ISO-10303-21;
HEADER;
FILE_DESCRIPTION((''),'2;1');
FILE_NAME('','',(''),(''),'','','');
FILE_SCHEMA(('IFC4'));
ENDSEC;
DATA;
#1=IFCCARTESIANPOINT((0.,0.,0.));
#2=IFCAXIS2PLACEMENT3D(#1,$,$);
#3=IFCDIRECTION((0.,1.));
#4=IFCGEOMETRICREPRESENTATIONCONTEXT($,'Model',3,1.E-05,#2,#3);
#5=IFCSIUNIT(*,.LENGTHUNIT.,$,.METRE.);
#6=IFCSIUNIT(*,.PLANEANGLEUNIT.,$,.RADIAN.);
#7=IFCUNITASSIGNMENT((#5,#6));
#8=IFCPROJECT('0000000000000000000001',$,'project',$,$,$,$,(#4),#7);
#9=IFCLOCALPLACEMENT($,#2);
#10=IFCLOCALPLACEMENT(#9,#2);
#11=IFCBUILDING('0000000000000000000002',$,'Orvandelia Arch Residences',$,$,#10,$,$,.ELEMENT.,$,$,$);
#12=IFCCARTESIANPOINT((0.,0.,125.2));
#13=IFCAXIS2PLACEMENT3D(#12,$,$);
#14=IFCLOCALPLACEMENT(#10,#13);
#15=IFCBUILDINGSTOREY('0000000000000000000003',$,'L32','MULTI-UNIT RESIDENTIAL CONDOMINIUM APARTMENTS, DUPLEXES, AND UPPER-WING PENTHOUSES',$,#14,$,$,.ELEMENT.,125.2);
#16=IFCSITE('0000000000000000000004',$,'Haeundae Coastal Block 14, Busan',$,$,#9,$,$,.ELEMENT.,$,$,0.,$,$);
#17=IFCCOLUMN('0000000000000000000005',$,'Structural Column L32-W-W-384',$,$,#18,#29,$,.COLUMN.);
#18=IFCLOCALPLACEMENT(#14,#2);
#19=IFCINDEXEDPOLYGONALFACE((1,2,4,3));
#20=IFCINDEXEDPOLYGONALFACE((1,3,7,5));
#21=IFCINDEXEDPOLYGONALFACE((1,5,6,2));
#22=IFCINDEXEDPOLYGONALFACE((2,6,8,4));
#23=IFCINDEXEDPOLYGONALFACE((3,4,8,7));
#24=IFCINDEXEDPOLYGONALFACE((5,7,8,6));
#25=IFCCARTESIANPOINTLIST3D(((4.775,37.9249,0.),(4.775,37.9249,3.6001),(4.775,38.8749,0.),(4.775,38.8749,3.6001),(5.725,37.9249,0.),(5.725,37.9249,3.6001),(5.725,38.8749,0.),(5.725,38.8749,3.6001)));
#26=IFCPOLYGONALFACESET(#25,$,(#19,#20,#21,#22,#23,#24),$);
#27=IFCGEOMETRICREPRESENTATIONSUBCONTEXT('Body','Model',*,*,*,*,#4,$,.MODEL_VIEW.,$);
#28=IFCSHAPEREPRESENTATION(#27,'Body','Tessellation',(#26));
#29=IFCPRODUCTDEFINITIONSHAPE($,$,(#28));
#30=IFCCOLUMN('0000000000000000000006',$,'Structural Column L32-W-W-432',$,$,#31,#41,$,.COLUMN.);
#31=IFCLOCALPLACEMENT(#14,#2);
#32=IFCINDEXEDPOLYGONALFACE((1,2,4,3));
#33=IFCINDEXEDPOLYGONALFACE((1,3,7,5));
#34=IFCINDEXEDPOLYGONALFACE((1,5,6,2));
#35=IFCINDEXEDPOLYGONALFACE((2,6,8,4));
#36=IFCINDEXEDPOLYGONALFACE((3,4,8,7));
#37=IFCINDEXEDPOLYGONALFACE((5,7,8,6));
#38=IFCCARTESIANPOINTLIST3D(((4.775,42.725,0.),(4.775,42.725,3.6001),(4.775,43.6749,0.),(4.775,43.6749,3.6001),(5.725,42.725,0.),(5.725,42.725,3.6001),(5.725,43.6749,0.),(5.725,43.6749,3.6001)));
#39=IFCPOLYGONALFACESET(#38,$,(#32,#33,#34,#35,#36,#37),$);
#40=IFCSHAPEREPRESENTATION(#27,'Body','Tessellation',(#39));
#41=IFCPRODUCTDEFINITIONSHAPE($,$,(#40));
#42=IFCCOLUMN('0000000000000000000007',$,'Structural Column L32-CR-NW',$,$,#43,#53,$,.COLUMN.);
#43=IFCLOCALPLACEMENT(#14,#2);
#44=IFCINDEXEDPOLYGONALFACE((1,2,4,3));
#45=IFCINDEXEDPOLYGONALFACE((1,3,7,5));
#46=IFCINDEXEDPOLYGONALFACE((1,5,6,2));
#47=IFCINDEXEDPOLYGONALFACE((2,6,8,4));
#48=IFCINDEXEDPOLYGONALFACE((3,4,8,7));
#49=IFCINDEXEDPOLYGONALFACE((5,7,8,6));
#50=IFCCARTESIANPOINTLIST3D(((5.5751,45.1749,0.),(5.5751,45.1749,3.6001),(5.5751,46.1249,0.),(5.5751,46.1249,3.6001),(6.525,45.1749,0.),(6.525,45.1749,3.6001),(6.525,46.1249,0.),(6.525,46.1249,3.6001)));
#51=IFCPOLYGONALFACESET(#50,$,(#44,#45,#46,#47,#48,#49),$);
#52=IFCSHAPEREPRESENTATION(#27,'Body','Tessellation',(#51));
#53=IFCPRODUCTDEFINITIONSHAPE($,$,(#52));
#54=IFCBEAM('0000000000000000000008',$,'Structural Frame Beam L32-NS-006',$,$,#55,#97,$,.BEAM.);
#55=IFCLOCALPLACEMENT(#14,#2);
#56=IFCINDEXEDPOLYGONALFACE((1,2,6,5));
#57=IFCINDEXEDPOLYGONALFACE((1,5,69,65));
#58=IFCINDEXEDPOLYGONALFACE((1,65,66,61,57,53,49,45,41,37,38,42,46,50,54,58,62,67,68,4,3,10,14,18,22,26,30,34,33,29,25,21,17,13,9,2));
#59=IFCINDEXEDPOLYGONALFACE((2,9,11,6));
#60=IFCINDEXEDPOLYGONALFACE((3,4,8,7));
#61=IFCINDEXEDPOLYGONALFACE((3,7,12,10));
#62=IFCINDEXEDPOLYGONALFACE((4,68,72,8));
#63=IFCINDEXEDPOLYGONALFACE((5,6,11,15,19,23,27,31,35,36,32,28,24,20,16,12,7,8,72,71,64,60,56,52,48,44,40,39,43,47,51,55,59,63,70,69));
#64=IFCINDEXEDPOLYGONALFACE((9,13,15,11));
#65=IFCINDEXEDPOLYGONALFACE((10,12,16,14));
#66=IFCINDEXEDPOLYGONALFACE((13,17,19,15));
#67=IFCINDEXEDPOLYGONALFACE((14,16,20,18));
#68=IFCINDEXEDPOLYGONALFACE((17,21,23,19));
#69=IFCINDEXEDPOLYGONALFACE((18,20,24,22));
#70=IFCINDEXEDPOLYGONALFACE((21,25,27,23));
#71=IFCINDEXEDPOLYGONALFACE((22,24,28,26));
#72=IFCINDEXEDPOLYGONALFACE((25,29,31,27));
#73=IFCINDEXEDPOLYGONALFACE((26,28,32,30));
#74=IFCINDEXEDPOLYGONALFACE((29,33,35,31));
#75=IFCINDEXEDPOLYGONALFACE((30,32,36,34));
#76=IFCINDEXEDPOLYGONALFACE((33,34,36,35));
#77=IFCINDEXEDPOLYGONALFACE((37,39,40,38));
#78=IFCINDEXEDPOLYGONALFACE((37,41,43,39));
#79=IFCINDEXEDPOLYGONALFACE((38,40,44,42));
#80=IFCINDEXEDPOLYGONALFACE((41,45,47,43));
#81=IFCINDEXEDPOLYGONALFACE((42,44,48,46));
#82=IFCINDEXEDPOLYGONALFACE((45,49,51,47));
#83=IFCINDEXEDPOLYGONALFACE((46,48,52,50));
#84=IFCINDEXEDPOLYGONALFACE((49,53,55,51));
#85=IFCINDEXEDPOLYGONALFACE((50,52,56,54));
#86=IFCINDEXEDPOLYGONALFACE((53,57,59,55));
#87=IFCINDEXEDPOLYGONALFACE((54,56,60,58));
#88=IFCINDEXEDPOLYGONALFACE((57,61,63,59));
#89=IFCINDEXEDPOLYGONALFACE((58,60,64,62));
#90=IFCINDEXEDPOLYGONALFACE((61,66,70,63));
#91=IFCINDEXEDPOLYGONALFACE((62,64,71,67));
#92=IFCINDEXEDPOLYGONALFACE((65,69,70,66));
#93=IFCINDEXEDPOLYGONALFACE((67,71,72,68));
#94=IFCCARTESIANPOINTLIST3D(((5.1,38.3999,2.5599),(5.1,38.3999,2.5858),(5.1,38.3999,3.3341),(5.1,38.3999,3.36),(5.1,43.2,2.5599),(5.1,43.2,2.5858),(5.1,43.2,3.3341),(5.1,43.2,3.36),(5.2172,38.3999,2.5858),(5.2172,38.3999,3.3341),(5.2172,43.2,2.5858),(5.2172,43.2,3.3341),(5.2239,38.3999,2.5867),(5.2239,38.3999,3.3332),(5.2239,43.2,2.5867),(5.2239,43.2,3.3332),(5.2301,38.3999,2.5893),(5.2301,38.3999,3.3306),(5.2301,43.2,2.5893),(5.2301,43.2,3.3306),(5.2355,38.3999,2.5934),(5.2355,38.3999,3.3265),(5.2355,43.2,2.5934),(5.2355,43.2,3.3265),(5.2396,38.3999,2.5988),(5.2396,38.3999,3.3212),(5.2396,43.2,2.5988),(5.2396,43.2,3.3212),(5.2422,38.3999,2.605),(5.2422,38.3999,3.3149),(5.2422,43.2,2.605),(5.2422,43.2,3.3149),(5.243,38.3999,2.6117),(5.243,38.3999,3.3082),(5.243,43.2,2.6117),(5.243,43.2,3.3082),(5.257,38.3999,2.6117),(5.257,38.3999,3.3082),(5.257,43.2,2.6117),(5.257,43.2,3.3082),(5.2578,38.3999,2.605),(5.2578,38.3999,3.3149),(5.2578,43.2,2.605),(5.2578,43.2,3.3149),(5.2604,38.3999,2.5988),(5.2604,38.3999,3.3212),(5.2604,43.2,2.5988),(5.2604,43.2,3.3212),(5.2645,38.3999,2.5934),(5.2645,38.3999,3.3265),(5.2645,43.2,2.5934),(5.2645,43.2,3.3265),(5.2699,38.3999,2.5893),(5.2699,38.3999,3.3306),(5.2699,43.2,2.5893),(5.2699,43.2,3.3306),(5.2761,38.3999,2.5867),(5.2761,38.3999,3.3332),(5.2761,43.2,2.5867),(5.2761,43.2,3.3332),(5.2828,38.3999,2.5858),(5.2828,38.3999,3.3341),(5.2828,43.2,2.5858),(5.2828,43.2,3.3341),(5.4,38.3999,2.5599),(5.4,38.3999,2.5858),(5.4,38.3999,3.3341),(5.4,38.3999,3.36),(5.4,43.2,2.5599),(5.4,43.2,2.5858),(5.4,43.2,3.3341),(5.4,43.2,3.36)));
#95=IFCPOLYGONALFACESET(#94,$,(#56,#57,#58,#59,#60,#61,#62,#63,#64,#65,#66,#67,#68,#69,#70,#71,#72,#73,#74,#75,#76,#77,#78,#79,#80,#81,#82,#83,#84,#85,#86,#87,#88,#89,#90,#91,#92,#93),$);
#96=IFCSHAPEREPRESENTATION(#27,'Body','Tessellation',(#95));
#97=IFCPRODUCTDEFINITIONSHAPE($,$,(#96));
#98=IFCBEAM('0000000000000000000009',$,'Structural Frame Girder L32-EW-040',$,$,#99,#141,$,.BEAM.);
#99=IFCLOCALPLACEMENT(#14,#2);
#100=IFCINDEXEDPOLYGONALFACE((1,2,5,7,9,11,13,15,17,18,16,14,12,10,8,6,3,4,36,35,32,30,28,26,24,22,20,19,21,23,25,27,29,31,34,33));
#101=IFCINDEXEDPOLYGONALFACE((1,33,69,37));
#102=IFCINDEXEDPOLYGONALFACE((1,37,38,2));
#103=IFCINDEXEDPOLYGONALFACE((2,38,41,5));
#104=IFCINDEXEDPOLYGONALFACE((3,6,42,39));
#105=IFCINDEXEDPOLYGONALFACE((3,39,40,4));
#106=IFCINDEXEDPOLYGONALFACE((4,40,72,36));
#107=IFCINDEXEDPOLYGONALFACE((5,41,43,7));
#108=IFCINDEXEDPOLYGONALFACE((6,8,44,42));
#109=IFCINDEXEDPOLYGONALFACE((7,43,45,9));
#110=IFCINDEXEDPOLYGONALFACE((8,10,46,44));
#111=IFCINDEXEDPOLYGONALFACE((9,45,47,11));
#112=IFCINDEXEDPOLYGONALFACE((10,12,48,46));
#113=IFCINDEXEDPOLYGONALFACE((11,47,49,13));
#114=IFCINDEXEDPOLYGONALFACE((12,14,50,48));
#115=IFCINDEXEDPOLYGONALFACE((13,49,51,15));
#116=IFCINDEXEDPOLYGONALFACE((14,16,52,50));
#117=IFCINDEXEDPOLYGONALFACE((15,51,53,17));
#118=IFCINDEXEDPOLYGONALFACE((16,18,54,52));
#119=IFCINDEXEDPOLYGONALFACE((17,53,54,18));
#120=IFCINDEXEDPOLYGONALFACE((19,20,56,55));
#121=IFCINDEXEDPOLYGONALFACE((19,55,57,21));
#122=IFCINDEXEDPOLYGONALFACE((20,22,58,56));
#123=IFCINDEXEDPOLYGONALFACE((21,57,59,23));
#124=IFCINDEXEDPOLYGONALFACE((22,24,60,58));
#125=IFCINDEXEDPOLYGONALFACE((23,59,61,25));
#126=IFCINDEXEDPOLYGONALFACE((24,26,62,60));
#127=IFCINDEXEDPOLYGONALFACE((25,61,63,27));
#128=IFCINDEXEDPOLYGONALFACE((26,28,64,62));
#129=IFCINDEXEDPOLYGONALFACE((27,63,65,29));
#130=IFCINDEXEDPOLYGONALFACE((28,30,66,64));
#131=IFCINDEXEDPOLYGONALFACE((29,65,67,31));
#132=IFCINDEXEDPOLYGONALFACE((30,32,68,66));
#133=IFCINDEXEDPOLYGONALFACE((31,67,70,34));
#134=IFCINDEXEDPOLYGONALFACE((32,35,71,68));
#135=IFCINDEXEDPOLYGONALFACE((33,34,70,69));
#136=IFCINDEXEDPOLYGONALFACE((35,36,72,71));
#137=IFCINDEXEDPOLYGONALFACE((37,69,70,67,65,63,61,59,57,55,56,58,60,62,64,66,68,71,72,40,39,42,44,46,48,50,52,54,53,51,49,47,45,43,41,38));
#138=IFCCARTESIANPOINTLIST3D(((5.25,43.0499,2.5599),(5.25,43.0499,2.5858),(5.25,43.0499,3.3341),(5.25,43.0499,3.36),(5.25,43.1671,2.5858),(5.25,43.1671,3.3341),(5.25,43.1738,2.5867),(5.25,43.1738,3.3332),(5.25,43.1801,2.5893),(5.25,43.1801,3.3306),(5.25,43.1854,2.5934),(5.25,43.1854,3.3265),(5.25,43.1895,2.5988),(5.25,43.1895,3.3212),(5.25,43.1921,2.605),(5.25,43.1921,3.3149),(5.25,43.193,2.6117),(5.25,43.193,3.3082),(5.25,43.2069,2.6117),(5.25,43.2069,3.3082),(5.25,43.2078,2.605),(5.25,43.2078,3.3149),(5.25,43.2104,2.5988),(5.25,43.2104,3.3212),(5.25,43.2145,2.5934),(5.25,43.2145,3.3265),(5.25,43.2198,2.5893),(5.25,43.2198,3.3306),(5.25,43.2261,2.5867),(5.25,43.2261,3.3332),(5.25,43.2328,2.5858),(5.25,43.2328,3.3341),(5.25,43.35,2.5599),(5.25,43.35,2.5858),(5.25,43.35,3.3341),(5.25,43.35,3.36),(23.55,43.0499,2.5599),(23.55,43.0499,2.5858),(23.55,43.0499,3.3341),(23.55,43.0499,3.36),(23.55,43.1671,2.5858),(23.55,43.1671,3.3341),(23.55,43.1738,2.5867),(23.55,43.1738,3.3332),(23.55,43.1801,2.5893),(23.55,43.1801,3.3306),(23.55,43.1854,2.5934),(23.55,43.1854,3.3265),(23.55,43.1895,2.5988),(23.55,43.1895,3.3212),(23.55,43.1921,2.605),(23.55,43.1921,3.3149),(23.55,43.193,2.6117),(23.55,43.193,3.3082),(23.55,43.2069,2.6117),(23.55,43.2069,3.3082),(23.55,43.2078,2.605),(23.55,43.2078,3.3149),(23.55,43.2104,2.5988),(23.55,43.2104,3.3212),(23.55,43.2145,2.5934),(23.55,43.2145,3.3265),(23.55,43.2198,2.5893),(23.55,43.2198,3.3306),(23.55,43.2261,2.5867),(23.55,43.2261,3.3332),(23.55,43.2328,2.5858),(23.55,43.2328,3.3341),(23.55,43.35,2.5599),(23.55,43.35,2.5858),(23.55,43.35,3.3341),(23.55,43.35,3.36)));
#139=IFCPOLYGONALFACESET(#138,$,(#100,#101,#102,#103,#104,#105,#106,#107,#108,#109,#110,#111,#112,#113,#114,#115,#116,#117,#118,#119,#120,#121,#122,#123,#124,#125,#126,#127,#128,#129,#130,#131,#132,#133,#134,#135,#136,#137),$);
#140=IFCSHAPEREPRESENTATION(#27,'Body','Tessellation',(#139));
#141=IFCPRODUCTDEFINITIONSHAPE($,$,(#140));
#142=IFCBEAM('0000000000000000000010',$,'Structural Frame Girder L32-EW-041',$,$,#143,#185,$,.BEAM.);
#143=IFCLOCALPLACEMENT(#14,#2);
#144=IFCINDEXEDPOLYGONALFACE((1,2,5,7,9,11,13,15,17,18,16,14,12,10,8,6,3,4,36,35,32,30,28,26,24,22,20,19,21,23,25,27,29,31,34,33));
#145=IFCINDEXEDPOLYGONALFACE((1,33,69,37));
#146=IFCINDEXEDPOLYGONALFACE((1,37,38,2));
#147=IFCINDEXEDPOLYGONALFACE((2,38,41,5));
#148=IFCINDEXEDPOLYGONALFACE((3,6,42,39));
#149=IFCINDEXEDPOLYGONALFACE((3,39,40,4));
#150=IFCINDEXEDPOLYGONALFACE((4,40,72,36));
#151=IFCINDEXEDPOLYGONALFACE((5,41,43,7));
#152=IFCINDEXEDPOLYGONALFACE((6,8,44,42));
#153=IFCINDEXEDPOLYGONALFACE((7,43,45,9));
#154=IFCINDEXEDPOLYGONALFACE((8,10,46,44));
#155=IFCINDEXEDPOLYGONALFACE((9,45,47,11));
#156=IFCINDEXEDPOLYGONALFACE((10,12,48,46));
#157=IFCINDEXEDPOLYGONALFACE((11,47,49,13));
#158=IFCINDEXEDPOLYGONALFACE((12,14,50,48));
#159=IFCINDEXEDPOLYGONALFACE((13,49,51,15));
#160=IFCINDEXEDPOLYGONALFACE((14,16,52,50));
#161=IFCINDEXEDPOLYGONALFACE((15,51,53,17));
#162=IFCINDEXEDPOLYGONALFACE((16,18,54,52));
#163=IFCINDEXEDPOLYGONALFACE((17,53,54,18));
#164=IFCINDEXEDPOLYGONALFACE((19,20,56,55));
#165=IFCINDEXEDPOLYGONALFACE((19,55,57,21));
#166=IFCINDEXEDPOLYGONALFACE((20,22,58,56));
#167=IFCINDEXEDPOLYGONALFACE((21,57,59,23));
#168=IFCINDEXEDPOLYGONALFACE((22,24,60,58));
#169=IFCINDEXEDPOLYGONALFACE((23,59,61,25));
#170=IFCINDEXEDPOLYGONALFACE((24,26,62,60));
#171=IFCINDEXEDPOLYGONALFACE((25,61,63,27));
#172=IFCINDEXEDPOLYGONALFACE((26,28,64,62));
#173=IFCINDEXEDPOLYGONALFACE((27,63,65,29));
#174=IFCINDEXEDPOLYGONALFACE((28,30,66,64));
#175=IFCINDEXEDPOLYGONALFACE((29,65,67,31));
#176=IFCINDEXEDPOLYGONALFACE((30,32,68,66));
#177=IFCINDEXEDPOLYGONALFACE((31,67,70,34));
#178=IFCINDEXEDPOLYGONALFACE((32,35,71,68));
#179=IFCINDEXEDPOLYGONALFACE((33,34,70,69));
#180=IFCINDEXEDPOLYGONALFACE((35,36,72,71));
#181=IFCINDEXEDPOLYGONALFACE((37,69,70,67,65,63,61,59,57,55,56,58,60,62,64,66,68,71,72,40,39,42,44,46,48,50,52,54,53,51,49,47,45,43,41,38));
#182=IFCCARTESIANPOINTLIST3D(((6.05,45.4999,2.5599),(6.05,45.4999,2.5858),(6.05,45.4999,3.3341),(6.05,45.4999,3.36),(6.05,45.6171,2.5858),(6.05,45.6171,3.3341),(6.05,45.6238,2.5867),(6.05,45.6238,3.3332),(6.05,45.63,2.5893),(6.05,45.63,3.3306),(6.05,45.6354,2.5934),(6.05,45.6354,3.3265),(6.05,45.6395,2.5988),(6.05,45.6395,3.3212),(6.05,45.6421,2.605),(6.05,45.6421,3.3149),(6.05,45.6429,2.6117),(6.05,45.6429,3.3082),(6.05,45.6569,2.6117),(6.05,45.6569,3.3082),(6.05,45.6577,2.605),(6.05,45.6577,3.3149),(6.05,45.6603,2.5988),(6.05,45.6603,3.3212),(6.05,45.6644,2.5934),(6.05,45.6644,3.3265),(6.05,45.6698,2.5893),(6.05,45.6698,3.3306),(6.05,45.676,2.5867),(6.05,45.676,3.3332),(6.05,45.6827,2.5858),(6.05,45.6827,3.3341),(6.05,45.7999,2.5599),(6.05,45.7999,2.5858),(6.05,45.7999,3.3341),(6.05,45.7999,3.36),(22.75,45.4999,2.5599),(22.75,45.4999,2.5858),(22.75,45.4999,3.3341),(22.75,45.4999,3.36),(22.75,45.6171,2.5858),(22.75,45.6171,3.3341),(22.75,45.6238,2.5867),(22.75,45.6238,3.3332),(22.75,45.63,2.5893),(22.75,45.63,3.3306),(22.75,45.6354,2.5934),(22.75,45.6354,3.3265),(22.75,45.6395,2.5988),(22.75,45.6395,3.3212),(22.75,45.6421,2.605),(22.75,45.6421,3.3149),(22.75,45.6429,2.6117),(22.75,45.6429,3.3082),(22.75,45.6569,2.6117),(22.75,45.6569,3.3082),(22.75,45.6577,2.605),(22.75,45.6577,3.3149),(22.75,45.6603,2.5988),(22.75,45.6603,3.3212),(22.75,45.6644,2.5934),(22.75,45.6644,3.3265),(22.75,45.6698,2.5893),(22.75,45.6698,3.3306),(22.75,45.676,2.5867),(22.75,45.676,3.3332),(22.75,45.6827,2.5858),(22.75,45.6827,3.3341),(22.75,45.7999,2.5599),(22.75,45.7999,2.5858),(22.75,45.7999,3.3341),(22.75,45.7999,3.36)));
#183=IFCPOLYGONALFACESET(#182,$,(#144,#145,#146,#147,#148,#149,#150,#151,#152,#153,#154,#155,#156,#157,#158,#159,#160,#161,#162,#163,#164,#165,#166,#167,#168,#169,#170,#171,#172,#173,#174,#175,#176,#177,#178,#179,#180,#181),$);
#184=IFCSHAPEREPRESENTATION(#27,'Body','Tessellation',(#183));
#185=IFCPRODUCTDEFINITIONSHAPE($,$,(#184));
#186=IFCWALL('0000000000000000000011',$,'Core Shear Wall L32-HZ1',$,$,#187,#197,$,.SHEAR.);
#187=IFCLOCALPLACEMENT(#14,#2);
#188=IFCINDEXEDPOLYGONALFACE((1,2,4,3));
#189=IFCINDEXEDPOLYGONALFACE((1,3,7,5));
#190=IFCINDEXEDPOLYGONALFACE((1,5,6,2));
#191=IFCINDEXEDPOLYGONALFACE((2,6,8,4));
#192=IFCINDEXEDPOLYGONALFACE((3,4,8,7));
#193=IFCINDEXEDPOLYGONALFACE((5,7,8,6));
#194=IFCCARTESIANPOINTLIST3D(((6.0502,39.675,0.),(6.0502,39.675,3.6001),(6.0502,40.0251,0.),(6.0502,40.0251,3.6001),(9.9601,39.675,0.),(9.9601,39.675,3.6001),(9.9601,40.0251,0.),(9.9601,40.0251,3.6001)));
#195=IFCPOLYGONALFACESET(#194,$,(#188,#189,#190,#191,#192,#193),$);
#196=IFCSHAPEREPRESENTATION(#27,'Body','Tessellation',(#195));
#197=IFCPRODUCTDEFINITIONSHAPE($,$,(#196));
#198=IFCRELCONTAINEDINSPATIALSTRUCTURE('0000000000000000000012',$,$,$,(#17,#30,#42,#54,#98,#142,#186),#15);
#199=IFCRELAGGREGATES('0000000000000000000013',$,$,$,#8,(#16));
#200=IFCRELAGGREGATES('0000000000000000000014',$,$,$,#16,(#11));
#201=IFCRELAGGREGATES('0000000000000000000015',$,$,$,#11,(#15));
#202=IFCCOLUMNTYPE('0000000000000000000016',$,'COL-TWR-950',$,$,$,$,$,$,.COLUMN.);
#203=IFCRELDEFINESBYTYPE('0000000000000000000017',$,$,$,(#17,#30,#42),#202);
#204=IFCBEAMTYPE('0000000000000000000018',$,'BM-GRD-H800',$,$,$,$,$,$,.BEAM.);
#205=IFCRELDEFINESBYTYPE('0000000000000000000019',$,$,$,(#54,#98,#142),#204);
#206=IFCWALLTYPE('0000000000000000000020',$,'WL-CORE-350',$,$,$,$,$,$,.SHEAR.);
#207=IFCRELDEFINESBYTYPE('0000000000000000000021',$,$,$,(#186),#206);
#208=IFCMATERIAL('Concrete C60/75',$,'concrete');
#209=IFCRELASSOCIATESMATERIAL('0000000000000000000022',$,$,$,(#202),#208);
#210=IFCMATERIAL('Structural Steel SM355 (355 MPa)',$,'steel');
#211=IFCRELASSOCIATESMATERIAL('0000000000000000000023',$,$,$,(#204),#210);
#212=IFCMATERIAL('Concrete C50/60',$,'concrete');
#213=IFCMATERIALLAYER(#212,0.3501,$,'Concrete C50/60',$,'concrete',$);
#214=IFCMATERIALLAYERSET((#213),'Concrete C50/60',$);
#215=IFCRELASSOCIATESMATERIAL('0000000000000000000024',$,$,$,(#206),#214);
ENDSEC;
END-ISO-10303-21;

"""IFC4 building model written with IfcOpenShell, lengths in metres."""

from ifc_helpers import new_model, si_unit, direction, frame, frame_2d, origin, origin_2d, place, context, subcontext, project, spatial, rectangle, i_section, extrude, material, layer, layer_set, material_profile, profile_set, type_object, element, save


model = new_model("IFC4")

# Units and contexts
model_context = context("Model", 3, precision=1e-05, world=origin(), true_north=direction((0.0, 1.0)))
body_context = subcontext(model_context, "Body", "Model", "MODEL_VIEW")
ifc_project = project(units=[si_unit("LENGTHUNIT", "METRE"), si_unit("PLANEANGLEUNIT", "RADIAN")], contexts=[model_context])

# Site, building, storey
site_placement = place(None, origin())
site = spatial("IfcSite", under=ifc_project, at=site_placement, Name="Haeundae Coastal Block 14, Busan", CompositionType="ELEMENT", RefElevation=0.0)
building_placement = place(site_placement, origin())
building = spatial("IfcBuilding", under=site, at=building_placement, Name="Orvandelia Arch Residences", CompositionType="ELEMENT")
storey_placement = place(building_placement, frame((0.0, 0.0, 125.2)))
storey = spatial("IfcBuildingStorey", under=building, at=storey_placement, Name="L32", Description="MULTI-UNIT RESIDENTIAL CONDOMINIUM APARTMENTS, DUPLEXES, AND UPPER-WING PENTHOUSES", CompositionType="ELEMENT", Elevation=125.2)

# Columns
ifc_material_1 = material(Name="Concrete C60/75", Category="concrete")
ifc_material_profile_1 = material_profile(ifc_material_1, rectangle(XDim=0.95, YDim=0.95, at=origin_2d()), Name="Concrete C60/75", Category="concrete")
ifc_profile_set_1 = profile_set([ifc_material_profile_1], Name="Concrete C60/75")
column_type = type_object("IfcColumnType", Name="COL-TWR-950", PredefinedType="COLUMN", material=ifc_profile_set_1)
for number, where, z_axis, x_axis, name in (
    (1, (5.25, 38.3999, 0.0), (0.0, 0.0, 1.0), (1.0, 0.0, 0.0), "Structural Column L32-W-W-384"),
    (2, (5.25, 43.2, 0.0), (0.0, 0.0, 1.0), (1.0, 0.0, 0.0), "Structural Column L32-W-W-432"),
    (3, (6.05, 45.6499, 0.0), (0.0, 0.0, 1.0), (1.0, 0.0, 0.0), "Structural Column L32-CR-NW"),
):
    element("IfcColumn", number, at=place(storey_placement, frame(where, z_axis=z_axis, x_axis=x_axis)), inside=storey, type_object=column_type, Name=name, PredefinedType="COLUMN", context=body_context, shape_type="SweptSolid", body=[
        extrude(rectangle(XDim=0.95, YDim=0.95, at=origin_2d()), origin(), (0.0, 0.0, 1.0), 3.6001),
    ])

# Beams
ifc_material_2 = material(Name="Structural Steel SM355 (355 MPa)", Category="steel")
ifc_material_profile_2 = material_profile(ifc_material_2, i_section(OverallWidth=0.3, OverallDepth=0.8, WebThickness=0.0139, FlangeThickness=0.0259, FilletRadius=0.0259, at=origin_2d()), Name="Structural Steel SM355 (355 MPa)", Category="steel")
ifc_profile_set_2 = profile_set([ifc_material_profile_2], Name="Structural Steel SM355 (355 MPa)")
beam_type = type_object("IfcBeamType", Name="BM-GRD-H800", PredefinedType="BEAM", material=ifc_profile_set_2)
beam_1_placement = place(storey_placement, frame((5.25, 38.3999, 2.96), z_axis=(0.0, 1.0, 0.0), x_axis=(-1.0, 0.0, 0.0)))
element("IfcBeam", 4, at=beam_1_placement, inside=storey, type_object=beam_type, Name="Structural Frame Beam L32-NS-006", PredefinedType="BEAM", context=body_context, shape_type="SweptSolid", body=[
    extrude(i_section(OverallWidth=0.3, OverallDepth=0.8, WebThickness=0.0139, FlangeThickness=0.0259, FilletRadius=0.0259, at=origin_2d()), origin(), (0.0, 0.0, 1.0), 4.8),
])
beam_2_placement = place(storey_placement, frame((5.25, 43.2, 2.96), z_axis=(1.0, 0.0, 0.0), x_axis=(0.0, 1.0, 0.0)))
element("IfcBeam", 5, at=beam_2_placement, inside=storey, type_object=beam_type, Name="Structural Frame Girder L32-EW-040", PredefinedType="BEAM", context=body_context, shape_type="SweptSolid", body=[
    extrude(i_section(OverallWidth=0.3, OverallDepth=0.8, WebThickness=0.0139, FlangeThickness=0.0259, FilletRadius=0.0259, at=origin_2d()), origin(), (0.0, 0.0, 1.0), 18.3),
])
beam_3_placement = place(storey_placement, frame((6.05, 45.6499, 2.96), z_axis=(1.0, 0.0, 0.0), x_axis=(0.0, 1.0, 0.0)))
element("IfcBeam", 6, at=beam_3_placement, inside=storey, type_object=beam_type, Name="Structural Frame Girder L32-EW-041", PredefinedType="BEAM", context=body_context, shape_type="SweptSolid", body=[
    extrude(i_section(OverallWidth=0.3, OverallDepth=0.8, WebThickness=0.0139, FlangeThickness=0.0259, FilletRadius=0.0259, at=origin_2d()), origin(), (0.0, 0.0, 1.0), 16.7),
])

# Wall
ifc_material_3 = material(Name="Concrete C50/60", Category="concrete")
ifc_layer_1 = layer(ifc_material_3, 0.3501, Name="Concrete C50/60", Category="concrete")
ifc_layer_set_1 = layer_set([ifc_layer_1], Name="Concrete C50/60")
wall_type_1 = type_object("IfcWallType", Name="WL-CORE-350", PredefinedType="SHEAR", material=ifc_layer_set_1)
wall_1_placement = place(storey_placement, frame((6.05, 39.8501, 0.0), z_axis=(0.0, 0.0, 1.0), x_axis=(1.0, 0.0, 0.0)))
element("IfcWall", 7, at=wall_1_placement, inside=storey, type_object=wall_type_1, Name="Core Shear Wall L32-HZ1", PredefinedType="SHEAR", context=body_context, shape_type="SweptSolid", body=[
    extrude(rectangle(XDim=3.9099, YDim=0.3501, at=frame_2d((1.9551, 0.0))), origin(), (0.0, 0.0, 1.0), 3.6001),
])

save(model, "model.ifc")
